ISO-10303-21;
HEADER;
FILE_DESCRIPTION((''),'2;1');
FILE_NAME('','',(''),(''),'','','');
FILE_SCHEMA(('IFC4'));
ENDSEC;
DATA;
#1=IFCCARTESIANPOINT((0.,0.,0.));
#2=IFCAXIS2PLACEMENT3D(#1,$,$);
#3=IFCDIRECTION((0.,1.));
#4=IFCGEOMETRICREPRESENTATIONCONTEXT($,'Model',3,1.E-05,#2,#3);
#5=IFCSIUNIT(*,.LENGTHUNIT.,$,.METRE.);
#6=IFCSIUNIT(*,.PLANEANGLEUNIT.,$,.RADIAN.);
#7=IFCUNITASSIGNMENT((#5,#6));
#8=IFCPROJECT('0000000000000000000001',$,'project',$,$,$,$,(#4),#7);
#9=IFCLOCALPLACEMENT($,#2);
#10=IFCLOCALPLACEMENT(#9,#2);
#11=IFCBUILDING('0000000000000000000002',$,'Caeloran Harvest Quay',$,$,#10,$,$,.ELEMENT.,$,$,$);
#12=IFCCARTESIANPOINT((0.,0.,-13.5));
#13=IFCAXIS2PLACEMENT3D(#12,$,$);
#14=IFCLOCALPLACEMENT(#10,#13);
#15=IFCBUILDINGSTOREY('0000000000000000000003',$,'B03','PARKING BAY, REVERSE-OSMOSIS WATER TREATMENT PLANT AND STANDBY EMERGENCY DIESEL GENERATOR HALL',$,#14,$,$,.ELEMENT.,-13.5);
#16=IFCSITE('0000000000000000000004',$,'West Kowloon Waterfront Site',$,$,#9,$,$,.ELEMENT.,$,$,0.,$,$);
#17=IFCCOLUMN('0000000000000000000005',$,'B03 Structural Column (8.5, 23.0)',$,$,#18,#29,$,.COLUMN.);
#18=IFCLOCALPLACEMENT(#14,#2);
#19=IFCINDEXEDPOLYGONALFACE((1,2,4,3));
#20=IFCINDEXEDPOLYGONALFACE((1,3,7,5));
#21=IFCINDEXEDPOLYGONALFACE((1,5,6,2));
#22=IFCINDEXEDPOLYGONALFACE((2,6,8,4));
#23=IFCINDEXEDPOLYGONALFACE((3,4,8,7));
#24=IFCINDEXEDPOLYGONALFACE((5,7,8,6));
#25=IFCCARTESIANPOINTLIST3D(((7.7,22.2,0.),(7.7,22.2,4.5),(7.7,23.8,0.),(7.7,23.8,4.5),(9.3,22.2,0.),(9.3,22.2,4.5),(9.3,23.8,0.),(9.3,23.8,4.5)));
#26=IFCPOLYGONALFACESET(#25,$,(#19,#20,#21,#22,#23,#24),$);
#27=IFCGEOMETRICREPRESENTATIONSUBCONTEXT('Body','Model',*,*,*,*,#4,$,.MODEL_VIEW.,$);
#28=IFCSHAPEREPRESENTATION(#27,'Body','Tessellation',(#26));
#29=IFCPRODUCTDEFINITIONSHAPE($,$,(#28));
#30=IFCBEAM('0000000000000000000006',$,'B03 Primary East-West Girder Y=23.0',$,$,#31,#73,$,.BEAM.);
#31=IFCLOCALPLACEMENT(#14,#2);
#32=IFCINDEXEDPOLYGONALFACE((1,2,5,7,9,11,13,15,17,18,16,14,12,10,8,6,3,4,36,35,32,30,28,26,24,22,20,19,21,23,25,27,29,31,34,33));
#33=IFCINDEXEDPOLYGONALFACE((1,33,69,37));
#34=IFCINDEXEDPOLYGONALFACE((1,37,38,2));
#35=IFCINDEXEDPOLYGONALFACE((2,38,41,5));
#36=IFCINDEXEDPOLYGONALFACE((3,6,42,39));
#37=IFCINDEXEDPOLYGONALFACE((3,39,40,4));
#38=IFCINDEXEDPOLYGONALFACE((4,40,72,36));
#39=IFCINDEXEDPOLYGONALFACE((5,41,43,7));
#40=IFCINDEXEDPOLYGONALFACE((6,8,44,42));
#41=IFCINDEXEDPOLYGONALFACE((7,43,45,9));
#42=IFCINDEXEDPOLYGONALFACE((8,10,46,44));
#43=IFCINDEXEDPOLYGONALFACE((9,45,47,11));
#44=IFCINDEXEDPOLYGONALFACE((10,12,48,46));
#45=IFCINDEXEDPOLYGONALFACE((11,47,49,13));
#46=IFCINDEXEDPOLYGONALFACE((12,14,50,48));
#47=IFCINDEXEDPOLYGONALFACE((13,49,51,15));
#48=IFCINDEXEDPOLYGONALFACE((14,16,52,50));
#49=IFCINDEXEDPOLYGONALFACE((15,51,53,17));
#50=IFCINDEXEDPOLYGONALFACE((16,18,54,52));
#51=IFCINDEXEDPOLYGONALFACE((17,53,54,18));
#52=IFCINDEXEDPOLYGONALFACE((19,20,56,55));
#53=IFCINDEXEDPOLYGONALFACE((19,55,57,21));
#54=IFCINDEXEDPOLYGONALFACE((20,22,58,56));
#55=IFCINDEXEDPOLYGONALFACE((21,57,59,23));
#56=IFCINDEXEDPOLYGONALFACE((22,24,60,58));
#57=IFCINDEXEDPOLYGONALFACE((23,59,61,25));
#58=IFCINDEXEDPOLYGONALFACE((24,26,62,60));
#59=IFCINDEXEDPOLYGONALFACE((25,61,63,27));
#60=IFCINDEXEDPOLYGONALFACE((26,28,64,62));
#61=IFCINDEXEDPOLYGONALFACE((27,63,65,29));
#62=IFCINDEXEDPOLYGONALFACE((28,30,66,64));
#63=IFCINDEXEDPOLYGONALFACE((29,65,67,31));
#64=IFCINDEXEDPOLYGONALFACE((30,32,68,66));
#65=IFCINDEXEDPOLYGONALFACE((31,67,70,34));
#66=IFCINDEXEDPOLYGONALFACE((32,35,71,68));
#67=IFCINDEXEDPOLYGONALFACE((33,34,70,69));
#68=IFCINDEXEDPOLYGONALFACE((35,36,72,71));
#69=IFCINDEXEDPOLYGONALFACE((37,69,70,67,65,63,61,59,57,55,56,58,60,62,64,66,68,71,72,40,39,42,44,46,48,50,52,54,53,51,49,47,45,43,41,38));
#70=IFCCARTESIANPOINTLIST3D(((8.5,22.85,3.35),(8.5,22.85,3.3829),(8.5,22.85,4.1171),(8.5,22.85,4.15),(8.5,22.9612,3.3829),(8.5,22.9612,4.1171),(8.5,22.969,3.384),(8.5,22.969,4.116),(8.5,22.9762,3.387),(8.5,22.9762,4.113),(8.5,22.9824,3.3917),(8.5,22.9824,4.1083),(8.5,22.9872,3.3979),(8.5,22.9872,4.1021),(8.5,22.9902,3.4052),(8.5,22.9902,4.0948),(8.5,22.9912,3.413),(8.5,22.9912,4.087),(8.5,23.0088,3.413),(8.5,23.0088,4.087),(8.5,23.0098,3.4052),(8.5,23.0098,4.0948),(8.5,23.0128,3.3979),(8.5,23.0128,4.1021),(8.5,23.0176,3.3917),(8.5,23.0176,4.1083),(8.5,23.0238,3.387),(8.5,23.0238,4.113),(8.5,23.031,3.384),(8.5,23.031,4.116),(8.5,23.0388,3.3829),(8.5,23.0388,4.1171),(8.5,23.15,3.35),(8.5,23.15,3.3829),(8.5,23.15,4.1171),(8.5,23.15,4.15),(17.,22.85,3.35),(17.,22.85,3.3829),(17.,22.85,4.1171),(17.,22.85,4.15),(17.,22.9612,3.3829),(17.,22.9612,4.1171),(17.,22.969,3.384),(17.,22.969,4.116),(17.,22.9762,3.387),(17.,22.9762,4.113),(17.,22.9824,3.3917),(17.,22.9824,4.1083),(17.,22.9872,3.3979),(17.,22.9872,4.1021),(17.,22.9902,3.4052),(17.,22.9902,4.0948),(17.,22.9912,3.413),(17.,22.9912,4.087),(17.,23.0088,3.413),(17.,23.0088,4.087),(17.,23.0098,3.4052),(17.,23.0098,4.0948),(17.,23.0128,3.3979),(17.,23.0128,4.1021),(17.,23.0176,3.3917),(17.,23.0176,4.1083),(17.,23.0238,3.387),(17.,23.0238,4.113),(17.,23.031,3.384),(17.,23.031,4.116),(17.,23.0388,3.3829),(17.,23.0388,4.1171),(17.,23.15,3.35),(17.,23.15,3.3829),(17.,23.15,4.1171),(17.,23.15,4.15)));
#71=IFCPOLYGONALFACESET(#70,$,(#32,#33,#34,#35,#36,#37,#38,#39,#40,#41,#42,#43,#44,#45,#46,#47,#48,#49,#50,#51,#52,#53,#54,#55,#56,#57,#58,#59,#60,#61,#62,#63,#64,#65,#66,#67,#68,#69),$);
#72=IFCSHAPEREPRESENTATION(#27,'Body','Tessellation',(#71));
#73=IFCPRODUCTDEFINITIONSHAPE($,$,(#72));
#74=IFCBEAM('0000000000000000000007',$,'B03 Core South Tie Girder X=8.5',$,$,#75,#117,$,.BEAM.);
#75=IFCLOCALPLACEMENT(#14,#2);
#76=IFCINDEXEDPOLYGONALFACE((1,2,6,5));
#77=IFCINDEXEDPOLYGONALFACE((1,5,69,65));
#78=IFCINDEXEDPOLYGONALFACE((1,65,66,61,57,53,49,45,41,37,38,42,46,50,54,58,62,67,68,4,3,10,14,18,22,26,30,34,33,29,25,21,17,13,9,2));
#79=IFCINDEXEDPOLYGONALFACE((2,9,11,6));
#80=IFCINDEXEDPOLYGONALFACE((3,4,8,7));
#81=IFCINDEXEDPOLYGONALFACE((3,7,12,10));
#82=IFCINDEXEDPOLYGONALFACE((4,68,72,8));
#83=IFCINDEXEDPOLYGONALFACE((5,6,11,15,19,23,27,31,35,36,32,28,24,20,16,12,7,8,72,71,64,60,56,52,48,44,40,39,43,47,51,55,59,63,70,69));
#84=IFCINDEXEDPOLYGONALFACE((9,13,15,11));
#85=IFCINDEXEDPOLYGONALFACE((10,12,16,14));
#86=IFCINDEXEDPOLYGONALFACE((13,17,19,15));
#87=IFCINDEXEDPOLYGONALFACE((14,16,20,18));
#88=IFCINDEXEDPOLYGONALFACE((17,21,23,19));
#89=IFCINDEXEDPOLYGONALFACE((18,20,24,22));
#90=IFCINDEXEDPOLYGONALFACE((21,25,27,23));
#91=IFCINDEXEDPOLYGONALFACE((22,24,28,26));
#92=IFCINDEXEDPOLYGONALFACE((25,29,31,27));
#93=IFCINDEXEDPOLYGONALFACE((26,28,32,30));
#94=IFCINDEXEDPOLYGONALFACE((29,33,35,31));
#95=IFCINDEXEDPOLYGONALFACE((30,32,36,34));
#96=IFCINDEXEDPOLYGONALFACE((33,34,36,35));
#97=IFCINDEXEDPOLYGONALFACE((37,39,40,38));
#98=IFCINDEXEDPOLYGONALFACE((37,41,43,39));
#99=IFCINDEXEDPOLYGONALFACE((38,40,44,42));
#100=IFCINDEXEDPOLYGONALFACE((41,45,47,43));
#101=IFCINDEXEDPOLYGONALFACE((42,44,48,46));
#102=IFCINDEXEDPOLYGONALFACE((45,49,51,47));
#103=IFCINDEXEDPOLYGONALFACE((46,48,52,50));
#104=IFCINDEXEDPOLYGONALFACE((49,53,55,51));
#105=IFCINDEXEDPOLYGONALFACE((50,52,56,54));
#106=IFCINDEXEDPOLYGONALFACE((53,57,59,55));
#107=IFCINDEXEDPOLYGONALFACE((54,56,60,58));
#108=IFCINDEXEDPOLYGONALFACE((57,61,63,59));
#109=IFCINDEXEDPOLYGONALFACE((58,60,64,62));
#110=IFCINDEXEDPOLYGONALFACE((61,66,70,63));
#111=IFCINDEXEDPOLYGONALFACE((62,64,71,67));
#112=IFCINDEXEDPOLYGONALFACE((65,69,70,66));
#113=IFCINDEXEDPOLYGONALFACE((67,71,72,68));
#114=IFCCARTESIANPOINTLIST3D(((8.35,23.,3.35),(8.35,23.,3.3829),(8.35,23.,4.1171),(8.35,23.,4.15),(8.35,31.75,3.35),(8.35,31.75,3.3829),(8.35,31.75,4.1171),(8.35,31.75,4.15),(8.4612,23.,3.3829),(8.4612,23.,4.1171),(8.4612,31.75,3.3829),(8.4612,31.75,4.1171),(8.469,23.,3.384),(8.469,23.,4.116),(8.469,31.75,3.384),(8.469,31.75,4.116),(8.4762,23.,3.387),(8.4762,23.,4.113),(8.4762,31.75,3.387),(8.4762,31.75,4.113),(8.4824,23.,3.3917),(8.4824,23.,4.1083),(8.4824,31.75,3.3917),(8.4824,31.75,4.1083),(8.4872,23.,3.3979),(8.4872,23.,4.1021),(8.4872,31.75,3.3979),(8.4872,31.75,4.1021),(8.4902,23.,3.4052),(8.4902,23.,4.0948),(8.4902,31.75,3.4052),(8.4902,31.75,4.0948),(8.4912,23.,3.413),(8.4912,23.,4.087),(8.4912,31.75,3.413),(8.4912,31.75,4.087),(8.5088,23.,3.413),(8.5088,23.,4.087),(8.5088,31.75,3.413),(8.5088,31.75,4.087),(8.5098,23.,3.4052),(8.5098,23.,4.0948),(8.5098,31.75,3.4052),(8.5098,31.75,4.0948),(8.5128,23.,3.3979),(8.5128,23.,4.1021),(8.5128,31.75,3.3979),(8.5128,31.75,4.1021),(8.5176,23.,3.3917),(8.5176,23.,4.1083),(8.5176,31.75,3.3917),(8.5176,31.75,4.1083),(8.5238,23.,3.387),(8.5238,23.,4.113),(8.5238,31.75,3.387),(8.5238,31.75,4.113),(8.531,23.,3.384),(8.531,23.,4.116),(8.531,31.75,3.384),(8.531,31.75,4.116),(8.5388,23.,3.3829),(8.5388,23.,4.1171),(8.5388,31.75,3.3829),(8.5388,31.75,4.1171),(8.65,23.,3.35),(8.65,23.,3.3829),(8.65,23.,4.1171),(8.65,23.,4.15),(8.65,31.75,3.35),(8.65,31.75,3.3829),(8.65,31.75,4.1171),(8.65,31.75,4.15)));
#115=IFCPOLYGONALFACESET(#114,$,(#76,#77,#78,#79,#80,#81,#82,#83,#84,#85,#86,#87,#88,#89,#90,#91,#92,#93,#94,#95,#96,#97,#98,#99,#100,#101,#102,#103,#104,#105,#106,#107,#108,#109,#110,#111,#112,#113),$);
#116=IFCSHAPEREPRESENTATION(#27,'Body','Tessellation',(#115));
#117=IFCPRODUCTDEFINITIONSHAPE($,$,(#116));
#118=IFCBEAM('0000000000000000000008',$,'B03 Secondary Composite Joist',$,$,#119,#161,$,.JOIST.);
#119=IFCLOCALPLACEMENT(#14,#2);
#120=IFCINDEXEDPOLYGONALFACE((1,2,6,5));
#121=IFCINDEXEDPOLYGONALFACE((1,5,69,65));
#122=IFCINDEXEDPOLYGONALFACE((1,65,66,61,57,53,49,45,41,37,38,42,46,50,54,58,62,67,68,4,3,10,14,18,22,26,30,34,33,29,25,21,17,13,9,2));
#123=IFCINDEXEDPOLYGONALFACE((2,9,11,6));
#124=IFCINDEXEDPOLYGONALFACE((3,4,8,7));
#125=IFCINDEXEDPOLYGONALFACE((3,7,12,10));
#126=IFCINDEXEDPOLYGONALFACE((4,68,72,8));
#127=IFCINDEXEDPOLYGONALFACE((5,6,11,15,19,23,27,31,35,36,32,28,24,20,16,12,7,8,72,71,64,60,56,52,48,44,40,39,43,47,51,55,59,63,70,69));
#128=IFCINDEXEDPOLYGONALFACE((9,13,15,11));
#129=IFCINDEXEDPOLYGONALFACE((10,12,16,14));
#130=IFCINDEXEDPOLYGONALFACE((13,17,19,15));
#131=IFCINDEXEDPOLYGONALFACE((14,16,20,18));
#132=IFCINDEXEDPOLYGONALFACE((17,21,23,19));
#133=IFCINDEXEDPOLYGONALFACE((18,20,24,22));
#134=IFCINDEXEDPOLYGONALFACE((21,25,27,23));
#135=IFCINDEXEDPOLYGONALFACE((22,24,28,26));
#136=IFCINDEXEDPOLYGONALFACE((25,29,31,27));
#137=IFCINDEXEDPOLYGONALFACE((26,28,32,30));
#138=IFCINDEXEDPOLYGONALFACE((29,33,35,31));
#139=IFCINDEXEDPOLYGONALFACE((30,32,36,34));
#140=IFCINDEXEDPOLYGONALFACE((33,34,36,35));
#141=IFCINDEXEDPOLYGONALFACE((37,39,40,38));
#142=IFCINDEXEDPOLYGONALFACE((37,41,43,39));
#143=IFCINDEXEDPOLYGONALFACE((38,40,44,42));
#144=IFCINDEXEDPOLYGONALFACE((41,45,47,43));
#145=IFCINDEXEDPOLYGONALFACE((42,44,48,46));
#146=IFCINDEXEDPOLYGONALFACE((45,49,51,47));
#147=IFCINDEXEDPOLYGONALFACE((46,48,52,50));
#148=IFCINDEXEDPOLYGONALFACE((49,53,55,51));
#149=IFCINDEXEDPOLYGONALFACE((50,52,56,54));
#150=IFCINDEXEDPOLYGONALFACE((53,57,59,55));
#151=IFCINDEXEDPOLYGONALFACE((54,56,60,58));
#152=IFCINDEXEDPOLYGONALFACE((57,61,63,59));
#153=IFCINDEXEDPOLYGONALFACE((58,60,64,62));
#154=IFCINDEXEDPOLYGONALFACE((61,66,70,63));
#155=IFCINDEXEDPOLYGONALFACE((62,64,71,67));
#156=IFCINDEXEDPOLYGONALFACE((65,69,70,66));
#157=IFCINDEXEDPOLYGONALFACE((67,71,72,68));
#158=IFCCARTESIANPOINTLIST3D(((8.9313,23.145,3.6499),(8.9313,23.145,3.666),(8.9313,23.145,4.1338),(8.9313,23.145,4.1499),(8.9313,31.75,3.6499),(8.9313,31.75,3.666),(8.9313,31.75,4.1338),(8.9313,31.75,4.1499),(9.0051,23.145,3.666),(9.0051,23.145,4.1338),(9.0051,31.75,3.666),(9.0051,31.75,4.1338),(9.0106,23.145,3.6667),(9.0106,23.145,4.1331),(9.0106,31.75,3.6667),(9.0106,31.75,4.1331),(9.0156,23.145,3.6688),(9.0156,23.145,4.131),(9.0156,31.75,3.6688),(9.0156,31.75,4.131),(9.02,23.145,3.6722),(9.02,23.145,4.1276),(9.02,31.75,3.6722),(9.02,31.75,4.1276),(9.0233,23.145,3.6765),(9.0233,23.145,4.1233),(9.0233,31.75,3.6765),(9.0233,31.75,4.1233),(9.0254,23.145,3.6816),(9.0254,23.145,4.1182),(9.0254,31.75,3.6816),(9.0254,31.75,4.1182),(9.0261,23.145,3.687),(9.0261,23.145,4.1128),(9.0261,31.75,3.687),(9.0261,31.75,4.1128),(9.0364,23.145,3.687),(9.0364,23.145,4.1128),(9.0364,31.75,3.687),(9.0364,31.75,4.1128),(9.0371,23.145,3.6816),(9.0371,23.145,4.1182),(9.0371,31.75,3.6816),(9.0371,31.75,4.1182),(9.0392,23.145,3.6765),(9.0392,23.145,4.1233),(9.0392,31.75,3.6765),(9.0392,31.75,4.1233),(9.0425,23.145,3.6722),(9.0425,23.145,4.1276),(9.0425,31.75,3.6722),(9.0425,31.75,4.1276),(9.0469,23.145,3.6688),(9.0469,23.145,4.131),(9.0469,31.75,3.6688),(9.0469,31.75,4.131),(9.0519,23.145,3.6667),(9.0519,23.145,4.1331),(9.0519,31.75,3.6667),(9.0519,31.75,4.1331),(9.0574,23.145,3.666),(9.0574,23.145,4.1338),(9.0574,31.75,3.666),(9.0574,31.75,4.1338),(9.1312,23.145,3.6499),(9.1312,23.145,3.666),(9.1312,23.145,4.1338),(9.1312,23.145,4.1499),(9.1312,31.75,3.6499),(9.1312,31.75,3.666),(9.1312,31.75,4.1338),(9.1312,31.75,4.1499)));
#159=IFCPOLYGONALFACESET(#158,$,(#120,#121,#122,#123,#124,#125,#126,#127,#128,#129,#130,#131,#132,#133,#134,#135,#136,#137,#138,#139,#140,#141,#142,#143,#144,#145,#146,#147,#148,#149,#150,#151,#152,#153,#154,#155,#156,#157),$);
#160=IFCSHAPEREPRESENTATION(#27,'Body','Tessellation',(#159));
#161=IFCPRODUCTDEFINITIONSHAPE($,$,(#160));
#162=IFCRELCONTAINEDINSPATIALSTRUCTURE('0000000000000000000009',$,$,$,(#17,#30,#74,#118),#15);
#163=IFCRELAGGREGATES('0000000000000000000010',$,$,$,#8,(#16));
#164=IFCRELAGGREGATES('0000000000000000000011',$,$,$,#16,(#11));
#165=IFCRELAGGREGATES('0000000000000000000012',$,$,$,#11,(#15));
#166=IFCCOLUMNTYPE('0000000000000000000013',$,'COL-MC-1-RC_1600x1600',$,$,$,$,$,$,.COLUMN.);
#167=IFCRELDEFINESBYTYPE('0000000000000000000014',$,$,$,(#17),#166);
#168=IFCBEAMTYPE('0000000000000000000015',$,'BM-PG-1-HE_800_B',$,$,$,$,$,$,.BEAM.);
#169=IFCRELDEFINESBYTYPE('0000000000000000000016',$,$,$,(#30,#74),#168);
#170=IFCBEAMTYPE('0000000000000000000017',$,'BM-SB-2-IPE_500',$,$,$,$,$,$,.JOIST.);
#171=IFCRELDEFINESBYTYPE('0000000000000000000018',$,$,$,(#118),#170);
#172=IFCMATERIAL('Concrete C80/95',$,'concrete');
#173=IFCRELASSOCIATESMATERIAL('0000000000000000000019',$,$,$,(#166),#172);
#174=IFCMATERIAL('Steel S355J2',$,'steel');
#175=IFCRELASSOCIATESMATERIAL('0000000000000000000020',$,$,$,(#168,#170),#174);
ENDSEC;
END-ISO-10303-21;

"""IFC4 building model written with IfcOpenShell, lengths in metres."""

from ifc_helpers import new_model, si_unit, direction, frame, origin, origin_2d, place, context, subcontext, project, spatial, rectangle, i_section, extrude, material, material_profile, profile_set, type_object, element, save


model = new_model("IFC4")

# Units and contexts
model_context = context("Model", 3, precision=1e-05, world=origin(), true_north=direction((0.0, 1.0)))
body_context = subcontext(model_context, "Body", "Model", "MODEL_VIEW")
ifc_project = project(units=[si_unit("LENGTHUNIT", "METRE"), si_unit("PLANEANGLEUNIT", "RADIAN")], contexts=[model_context])

# Site, building, storey
site_placement = place(None, origin())
site = spatial("IfcSite", under=ifc_project, at=site_placement, Name="West Kowloon Waterfront Site", CompositionType="ELEMENT", RefElevation=0.0)
building_placement = place(site_placement, origin())
building = spatial("IfcBuilding", under=site, at=building_placement, Name="Caeloran Harvest Quay", CompositionType="ELEMENT")
storey_placement = place(building_placement, frame((0.0, 0.0, -13.5)))
storey = spatial("IfcBuildingStorey", under=building, at=storey_placement, Name="B03", Description="PARKING BAY, REVERSE-OSMOSIS WATER TREATMENT PLANT AND STANDBY EMERGENCY DIESEL GENERATOR HALL", CompositionType="ELEMENT", Elevation=-13.5)

# Column
ifc_material_1 = material(Name="Concrete C80/95", Category="concrete")
ifc_material_profile_1 = material_profile(ifc_material_1, rectangle(XDim=1.6001, YDim=1.6001, at=origin_2d()), Name="RC 1600x1600")
ifc_profile_set_1 = profile_set([ifc_material_profile_1], Name="Concrete C80/95")
column_type = type_object("IfcColumnType", Name="COL-MC-1-RC_1600x1600", PredefinedType="COLUMN", material=ifc_profile_set_1)
column_placement = place(storey_placement, frame((8.5, 23.0, 0.0), z_axis=(0.0, 0.0, 1.0), x_axis=(1.0, 0.0, 0.0)))
element("IfcColumn", 1, at=column_placement, inside=storey, type_object=column_type, Name="B03 Structural Column (8.5, 23.0)", PredefinedType="COLUMN", context=body_context, shape_type="SweptSolid", body=[
    extrude(rectangle(XDim=1.6001, YDim=1.6001, at=origin_2d()), origin(), (0.0, 0.0, 1.0), 4.5),
])

# Beams
ifc_material_2 = material(Name="Steel S355J2", Category="steel")
ifc_material_profile_2 = material_profile(ifc_material_2, i_section(OverallWidth=0.3, OverallDepth=0.8, WebThickness=0.0176, FlangeThickness=0.033, FilletRadius=0.03, at=origin_2d()), Name="HE 800 B")
ifc_profile_set_2 = profile_set([ifc_material_profile_2], Name="Steel S355J2")
beam_type_1 = type_object("IfcBeamType", Name="BM-PG-1-HE_800_B", PredefinedType="BEAM", material=ifc_profile_set_2)
beam_1_placement = place(storey_placement, frame((8.5, 23.0, 3.75), z_axis=(1.0, 0.0, 0.0), x_axis=(0.0, 1.0, 0.0)))
element("IfcBeam", 2, at=beam_1_placement, inside=storey, type_object=beam_type_1, Name="B03 Primary East-West Girder Y=23.0", PredefinedType="BEAM", context=body_context, shape_type="SweptSolid", body=[
    extrude(i_section(OverallWidth=0.3, OverallDepth=0.8, WebThickness=0.0176, FlangeThickness=0.033, FilletRadius=0.03, at=origin_2d()), origin(), (0.0, 0.0, 1.0), 8.5),
])
beam_2_placement = place(storey_placement, frame((8.5, 23.0, 3.75), z_axis=(0.0, 1.0, 0.0), x_axis=(-1.0, 0.0, 0.0)))
element("IfcBeam", 3, at=beam_2_placement, inside=storey, type_object=beam_type_1, Name="B03 Core South Tie Girder X=8.5", PredefinedType="BEAM", context=body_context, shape_type="SweptSolid", body=[
    extrude(i_section(OverallWidth=0.3, OverallDepth=0.8, WebThickness=0.0176, FlangeThickness=0.033, FilletRadius=0.03, at=origin_2d()), origin(), (0.0, 0.0, 1.0), 8.75),
])
ifc_material_profile_3 = material_profile(ifc_material_2, i_section(OverallWidth=0.2, OverallDepth=0.5, WebThickness=0.0103, FlangeThickness=0.0161, FilletRadius=0.021, at=origin_2d()), Name="IPE 500")
ifc_profile_set_3 = profile_set([ifc_material_profile_3], Name="Steel S355J2")
beam_type_2 = type_object("IfcBeamType", Name="BM-SB-2-IPE_500", PredefinedType="JOIST", material=ifc_profile_set_3)
beam_3_placement = place(storey_placement, frame((9.0312, 23.145, 3.8999), z_axis=(0.0, 1.0, 0.0), x_axis=(-1.0, 0.0, 0.0)))
element("IfcBeam", 4, at=beam_3_placement, inside=storey, type_object=beam_type_2, Name="B03 Secondary Composite Joist", PredefinedType="JOIST", context=body_context, shape_type="SweptSolid", body=[
    extrude(i_section(OverallWidth=0.2, OverallDepth=0.5, WebThickness=0.0103, FlangeThickness=0.0161, FilletRadius=0.021, at=origin_2d()), origin(), (0.0, 0.0, 1.0), 8.605),
])

save(model, "model.ifc")
